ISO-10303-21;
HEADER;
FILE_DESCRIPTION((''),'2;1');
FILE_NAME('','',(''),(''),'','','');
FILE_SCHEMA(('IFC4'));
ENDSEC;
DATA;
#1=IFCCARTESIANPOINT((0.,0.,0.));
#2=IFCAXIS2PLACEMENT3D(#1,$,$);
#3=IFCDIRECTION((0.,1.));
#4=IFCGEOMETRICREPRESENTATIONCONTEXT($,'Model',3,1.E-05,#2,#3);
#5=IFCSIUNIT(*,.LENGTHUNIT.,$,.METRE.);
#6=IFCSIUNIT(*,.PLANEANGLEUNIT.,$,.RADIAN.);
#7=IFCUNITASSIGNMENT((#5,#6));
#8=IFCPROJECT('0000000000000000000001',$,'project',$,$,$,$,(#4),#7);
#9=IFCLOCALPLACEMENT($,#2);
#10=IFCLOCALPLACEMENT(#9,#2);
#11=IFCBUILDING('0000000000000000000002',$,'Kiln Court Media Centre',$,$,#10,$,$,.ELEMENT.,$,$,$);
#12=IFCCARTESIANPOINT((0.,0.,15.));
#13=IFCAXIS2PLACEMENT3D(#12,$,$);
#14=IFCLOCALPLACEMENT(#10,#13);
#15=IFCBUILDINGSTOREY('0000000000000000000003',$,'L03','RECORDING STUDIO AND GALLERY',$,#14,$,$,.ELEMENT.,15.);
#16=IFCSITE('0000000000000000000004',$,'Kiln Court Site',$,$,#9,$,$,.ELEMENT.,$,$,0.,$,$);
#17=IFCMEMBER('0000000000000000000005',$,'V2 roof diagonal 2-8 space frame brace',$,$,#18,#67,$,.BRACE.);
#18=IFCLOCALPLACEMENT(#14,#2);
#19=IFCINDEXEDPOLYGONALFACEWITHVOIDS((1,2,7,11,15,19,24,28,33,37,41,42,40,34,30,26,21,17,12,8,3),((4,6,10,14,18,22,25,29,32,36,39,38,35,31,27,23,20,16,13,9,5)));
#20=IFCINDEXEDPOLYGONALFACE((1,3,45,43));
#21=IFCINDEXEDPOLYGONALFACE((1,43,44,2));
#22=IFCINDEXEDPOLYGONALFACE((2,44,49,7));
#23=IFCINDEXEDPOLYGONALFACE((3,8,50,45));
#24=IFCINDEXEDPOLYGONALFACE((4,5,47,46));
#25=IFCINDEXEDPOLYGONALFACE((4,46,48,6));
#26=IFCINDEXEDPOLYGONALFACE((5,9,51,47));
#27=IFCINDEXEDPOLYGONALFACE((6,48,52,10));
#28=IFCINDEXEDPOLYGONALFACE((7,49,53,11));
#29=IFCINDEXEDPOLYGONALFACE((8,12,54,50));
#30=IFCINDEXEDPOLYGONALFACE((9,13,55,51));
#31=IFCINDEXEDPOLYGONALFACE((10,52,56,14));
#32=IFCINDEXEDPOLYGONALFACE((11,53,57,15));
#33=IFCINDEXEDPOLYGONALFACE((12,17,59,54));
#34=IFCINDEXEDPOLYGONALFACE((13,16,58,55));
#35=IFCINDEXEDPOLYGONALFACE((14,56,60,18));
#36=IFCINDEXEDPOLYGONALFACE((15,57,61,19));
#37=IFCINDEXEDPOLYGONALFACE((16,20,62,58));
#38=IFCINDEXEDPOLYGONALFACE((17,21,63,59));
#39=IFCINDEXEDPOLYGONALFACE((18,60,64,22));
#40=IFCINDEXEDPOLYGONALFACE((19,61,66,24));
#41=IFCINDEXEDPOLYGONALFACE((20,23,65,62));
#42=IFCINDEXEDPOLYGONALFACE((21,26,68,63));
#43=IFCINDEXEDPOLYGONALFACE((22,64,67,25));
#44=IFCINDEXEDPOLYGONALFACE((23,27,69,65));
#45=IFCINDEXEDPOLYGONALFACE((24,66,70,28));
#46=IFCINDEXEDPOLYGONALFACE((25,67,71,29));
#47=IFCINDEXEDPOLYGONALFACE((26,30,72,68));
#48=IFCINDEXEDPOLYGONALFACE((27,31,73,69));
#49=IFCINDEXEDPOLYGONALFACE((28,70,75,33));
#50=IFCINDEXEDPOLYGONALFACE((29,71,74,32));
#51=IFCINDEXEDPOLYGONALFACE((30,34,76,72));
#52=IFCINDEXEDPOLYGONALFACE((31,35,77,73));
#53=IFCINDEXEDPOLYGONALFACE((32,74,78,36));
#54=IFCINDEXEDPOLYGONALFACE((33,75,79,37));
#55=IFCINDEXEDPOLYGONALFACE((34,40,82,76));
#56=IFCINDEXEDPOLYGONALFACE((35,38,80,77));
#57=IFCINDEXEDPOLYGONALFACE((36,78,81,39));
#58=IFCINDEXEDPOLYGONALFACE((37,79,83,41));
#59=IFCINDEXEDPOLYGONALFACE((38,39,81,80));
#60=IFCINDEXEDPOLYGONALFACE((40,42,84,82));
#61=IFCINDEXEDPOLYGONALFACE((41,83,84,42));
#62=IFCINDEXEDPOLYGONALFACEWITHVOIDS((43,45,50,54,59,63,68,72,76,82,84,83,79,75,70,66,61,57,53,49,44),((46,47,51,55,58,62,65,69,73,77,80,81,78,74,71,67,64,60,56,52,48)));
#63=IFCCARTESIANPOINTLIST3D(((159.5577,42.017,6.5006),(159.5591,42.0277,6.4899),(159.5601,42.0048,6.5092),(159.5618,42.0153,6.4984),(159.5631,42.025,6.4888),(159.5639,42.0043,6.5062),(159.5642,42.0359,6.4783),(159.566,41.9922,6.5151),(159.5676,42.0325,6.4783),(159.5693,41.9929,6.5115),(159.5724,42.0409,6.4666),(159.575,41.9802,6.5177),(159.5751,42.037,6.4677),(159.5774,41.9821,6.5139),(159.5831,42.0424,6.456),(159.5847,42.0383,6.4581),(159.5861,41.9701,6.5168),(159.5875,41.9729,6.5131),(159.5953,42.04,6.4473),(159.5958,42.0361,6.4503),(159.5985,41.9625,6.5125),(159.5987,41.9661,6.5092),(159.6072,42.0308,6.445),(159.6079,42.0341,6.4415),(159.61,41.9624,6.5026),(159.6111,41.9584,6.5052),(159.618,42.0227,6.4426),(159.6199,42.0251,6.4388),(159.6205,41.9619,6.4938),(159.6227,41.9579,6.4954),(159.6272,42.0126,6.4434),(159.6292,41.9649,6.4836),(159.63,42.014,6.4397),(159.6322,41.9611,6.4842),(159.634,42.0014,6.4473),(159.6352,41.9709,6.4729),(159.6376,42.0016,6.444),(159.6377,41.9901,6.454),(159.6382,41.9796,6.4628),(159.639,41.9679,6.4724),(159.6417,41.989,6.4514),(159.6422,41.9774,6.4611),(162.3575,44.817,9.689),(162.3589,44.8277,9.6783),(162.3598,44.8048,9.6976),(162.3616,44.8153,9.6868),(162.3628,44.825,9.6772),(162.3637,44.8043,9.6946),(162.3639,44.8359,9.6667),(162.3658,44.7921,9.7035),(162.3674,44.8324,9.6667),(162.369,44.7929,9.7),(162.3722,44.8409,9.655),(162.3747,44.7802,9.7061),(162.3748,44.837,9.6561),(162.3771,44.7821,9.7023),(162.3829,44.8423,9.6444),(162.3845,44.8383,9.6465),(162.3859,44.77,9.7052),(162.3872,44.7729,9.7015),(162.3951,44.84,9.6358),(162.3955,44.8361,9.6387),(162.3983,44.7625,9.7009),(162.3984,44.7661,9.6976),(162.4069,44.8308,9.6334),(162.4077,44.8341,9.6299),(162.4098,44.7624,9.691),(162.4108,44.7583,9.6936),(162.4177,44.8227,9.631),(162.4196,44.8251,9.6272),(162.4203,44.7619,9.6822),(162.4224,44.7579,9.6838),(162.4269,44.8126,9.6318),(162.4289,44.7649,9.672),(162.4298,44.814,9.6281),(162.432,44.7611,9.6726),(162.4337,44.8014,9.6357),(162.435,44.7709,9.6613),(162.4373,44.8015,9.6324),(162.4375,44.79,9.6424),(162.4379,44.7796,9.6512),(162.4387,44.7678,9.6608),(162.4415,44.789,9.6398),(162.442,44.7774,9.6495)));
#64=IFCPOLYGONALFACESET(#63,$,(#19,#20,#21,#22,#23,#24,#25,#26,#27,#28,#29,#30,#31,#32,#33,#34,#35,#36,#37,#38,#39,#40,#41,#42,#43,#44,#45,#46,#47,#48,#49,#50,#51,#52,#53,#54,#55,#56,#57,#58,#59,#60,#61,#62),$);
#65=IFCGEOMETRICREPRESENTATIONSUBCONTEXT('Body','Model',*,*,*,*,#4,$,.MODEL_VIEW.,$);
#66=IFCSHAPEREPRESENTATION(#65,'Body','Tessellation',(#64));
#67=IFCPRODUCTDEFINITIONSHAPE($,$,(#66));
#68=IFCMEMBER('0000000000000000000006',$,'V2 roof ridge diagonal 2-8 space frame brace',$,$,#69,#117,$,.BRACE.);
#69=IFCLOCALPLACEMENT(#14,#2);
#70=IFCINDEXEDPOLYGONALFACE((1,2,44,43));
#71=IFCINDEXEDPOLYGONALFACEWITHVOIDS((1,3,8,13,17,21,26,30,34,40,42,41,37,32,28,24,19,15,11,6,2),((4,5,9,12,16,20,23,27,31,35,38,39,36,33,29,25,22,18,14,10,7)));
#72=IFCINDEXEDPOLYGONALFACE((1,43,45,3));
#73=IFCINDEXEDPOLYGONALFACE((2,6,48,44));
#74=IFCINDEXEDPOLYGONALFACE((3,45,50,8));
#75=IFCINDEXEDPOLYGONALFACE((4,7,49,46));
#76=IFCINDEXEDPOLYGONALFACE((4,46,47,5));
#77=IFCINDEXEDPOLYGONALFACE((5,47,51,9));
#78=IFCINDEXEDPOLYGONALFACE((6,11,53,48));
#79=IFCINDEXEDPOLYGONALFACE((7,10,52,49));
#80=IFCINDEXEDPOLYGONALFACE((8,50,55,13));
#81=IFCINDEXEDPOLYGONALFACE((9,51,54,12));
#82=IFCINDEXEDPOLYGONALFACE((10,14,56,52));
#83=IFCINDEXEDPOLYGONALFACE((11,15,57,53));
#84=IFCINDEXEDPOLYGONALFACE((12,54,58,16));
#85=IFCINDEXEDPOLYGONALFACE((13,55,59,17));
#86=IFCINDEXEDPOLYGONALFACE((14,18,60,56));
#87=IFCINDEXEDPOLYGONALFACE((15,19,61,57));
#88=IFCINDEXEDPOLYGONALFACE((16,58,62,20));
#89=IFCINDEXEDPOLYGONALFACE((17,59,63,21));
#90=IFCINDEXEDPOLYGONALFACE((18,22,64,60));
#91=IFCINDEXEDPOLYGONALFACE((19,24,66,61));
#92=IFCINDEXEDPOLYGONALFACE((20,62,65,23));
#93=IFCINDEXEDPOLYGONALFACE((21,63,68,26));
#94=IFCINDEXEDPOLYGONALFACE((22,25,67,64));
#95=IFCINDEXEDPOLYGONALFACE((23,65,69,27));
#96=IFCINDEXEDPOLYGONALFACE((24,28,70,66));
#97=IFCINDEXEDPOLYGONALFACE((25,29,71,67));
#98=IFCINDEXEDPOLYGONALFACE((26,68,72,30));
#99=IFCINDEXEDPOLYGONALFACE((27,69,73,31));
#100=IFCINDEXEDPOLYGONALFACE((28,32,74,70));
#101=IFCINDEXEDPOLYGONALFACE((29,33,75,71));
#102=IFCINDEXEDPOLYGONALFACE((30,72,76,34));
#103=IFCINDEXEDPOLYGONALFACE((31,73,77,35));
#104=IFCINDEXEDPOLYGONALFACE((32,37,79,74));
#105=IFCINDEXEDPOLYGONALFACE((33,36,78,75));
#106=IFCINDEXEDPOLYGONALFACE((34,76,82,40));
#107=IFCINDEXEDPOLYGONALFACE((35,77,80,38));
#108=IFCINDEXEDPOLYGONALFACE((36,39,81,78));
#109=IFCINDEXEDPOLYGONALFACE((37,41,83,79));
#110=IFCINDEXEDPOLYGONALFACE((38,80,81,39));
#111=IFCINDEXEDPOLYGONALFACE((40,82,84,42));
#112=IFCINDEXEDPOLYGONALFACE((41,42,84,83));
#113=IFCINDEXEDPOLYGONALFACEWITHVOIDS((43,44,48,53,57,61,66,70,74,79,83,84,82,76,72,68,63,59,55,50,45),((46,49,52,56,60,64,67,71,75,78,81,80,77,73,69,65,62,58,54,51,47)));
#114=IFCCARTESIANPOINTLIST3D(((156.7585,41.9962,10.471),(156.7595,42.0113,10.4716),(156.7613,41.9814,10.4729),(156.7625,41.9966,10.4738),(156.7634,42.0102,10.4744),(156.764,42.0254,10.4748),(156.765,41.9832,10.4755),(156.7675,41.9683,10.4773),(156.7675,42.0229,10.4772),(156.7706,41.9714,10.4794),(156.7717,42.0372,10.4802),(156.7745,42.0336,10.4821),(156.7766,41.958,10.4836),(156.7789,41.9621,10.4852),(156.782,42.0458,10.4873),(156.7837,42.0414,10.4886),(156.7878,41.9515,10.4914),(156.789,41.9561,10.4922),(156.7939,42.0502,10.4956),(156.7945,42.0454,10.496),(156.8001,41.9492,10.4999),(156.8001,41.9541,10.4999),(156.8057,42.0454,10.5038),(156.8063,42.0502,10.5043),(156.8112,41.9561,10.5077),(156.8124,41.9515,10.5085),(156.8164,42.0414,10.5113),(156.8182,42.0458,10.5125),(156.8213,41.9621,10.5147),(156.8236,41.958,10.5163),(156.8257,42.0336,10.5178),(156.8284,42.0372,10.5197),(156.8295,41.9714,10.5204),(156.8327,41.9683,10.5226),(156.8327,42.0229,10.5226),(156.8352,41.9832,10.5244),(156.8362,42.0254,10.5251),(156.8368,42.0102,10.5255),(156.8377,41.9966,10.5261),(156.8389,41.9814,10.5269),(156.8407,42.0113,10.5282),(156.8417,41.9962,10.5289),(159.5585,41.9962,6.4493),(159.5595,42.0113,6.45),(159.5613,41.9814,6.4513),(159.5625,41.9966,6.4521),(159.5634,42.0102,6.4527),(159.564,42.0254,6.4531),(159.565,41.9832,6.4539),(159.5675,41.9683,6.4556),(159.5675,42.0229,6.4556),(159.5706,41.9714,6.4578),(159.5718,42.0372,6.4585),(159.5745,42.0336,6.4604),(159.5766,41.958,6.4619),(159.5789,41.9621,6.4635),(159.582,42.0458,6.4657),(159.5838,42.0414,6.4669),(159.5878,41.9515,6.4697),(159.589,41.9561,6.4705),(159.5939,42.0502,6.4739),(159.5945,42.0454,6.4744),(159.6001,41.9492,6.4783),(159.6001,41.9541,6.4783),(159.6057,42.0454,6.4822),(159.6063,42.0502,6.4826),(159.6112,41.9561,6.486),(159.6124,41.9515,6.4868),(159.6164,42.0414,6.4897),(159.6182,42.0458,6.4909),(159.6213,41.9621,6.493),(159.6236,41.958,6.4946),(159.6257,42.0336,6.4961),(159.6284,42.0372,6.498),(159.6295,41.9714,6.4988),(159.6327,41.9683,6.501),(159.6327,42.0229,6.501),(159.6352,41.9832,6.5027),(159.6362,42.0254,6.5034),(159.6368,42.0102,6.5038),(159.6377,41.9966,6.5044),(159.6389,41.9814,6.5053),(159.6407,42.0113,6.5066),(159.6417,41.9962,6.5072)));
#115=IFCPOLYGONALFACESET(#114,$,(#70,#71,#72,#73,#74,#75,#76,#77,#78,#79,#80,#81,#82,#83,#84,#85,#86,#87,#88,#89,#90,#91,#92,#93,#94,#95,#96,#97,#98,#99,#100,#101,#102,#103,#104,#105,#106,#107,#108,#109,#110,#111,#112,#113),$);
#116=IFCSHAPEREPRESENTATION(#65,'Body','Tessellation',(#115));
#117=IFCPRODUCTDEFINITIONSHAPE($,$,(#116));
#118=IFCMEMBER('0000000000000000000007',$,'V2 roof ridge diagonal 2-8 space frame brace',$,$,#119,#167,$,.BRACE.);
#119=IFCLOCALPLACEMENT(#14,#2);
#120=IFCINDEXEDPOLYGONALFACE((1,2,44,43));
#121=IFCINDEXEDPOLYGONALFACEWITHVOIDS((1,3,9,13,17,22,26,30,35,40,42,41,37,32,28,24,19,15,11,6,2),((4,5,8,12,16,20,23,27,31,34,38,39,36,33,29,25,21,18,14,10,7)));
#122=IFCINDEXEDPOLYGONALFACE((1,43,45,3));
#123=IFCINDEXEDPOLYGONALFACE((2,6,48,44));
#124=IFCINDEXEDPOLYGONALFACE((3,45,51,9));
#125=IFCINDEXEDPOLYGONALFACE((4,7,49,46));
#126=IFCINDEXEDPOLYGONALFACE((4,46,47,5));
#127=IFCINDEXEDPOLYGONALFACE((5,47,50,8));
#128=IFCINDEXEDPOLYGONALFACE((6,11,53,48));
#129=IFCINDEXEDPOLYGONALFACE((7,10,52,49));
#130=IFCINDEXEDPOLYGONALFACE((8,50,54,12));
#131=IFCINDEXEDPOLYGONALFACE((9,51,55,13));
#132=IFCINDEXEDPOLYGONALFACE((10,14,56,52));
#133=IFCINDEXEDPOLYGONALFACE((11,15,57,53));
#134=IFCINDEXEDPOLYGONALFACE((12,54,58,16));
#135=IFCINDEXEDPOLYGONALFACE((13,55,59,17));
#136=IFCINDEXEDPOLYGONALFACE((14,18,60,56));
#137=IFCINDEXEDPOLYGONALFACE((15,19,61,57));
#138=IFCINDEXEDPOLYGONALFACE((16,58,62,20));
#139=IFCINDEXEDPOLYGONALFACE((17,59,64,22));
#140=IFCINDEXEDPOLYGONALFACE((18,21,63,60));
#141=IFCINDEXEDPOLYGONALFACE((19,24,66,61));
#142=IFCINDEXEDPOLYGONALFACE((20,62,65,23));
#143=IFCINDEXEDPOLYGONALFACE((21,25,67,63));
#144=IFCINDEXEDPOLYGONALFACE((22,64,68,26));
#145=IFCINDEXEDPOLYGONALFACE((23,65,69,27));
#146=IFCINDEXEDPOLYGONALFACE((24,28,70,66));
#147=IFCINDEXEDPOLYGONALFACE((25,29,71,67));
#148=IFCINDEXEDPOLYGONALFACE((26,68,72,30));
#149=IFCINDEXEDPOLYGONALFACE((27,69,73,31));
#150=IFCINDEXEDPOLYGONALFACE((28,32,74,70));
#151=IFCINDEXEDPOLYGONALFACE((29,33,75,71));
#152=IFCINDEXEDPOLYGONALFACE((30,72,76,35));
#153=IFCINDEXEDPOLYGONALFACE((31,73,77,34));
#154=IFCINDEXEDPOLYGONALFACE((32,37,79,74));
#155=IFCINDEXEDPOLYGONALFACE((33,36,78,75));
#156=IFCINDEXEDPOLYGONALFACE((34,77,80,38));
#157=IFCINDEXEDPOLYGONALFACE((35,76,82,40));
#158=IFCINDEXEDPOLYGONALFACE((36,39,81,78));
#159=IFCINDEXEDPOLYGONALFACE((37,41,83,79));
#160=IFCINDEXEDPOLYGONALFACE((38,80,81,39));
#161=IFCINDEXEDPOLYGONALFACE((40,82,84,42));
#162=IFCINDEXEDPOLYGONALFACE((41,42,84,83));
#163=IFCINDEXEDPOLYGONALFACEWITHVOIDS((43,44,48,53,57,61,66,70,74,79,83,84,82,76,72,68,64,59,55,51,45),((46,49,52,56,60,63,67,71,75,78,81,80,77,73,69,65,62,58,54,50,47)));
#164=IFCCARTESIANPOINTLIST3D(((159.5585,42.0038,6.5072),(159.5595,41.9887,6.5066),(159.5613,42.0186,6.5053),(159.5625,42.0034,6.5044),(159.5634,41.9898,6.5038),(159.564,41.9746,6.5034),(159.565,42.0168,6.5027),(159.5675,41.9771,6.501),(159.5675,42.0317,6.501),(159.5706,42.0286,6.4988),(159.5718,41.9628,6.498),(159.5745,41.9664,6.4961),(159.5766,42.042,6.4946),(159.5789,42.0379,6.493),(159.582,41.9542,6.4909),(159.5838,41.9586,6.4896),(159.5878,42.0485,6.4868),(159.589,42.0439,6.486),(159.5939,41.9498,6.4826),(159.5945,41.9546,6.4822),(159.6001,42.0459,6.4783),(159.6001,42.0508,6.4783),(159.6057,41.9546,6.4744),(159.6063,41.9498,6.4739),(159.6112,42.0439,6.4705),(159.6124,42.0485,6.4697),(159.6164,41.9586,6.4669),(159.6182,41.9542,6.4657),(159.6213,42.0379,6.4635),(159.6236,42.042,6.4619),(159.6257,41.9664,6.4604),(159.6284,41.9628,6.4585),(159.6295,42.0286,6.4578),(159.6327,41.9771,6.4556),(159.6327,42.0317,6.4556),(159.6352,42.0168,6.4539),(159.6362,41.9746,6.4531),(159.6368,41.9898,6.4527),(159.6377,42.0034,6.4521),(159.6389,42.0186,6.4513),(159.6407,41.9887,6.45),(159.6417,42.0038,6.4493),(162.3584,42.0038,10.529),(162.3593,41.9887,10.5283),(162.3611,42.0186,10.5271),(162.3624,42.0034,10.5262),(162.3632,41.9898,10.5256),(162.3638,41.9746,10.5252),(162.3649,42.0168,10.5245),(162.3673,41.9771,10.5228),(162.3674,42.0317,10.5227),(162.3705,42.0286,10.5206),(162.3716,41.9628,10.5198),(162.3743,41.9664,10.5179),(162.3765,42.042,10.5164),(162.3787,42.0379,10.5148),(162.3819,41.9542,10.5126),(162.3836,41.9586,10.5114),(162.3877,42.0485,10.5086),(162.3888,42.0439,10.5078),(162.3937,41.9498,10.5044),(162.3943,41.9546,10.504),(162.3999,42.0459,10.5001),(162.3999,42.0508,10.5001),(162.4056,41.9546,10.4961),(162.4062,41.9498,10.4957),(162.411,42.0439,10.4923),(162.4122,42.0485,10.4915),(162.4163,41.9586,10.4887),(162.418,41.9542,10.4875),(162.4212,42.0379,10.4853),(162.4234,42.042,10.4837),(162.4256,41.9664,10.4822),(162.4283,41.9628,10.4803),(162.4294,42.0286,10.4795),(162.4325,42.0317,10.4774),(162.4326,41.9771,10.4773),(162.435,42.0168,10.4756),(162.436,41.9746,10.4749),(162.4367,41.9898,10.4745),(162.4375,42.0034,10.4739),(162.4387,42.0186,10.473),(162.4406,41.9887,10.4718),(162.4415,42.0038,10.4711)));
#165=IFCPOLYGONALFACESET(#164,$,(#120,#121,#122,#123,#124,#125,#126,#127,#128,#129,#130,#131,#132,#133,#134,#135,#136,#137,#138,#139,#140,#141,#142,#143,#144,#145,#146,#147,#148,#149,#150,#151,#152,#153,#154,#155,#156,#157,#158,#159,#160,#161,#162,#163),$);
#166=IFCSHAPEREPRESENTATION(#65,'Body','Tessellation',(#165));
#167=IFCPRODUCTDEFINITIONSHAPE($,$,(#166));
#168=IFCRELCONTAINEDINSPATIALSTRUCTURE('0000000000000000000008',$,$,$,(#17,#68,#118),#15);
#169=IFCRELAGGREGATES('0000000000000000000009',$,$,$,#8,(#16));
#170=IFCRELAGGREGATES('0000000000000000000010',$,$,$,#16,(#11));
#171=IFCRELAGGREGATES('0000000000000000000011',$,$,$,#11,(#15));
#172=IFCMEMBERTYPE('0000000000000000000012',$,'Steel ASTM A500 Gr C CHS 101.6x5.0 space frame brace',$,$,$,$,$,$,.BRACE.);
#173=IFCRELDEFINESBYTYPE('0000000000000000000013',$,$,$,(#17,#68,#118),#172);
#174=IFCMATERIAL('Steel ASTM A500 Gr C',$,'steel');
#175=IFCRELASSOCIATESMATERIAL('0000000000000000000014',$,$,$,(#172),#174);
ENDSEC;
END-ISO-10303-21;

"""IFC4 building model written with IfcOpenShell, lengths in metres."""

from ifc_helpers import new_model, si_unit, direction, frame, origin, origin_2d, place, context, subcontext, project, spatial, hollow_circle, extrude, material, material_profile, profile_set, type_object, element, save


model = new_model("IFC4")

# Units and contexts
model_context = context("Model", 3, precision=1e-05, world=origin(), true_north=direction((0.0, 1.0)))
body_context = subcontext(model_context, "Body", "Model", "MODEL_VIEW")
ifc_project = project(units=[si_unit("LENGTHUNIT", "METRE"), si_unit("PLANEANGLEUNIT", "RADIAN")], contexts=[model_context])

# Site, building, storey
site_placement = place(None, origin())
site = spatial("IfcSite", under=ifc_project, at=site_placement, Name="Kiln Court Site", CompositionType="ELEMENT", RefElevation=0.0)
building_placement = place(site_placement, origin())
building = spatial("IfcBuilding", under=site, at=building_placement, Name="Kiln Court Media Centre", CompositionType="ELEMENT")
storey_placement = place(building_placement, frame((0.0, 0.0, 15.0)))
storey = spatial("IfcBuildingStorey", under=building, at=storey_placement, Name="L03", Description="RECORDING STUDIO AND GALLERY", CompositionType="ELEMENT", Elevation=15.0)

# Members
ifc_material_1 = material(Name="Steel ASTM A500 Gr C", Category="steel")
ifc_material_profile_1 = material_profile(ifc_material_1, hollow_circle(Radius=0.0508, WallThickness=0.0049, at=origin_2d()), Name="CHS 101.6x5.0")
ifc_profile_set_1 = profile_set([ifc_material_profile_1], Name="Steel ASTM A500 Gr C")
member_type_1 = type_object("IfcMemberType", Name="Steel ASTM A500 Gr C CHS 101.6x5.0 space frame brace", PredefinedType="BRACE", material=ifc_profile_set_1)
member_1_placement = place(storey_placement, frame((159.6001, 42.0, 6.4783), z_axis=(0.550725, 0.550773, 0.627177), x_axis=(-0.707138, 0.707076, 0.0)))
element("IfcMember", 1, at=member_1_placement, inside=storey, type_object=member_type_1, Name="V2 roof diagonal 2-8 space frame brace", PredefinedType="BRACE", context=body_context, shape_type="SweptSolid", body=[
    extrude(hollow_circle(Radius=0.0508, WallThickness=0.0049, at=origin_2d()), origin(), (0.0, 0.0, 1.0), 5.0837),
])
for number, where, z_axis, x_axis, name in (
    (2, (159.6001, 42.0, 6.4783), (-0.571384, 0.0, 0.820683), (0.0, -1.0, 0.0), "V2 roof ridge diagonal 2-8 space frame brace"),
    (3, (159.6001, 42.0, 6.4783), (0.571351, 0.0, 0.820706), (0.0, 1.0, 0.0), "V2 roof ridge diagonal 2-8 space frame brace"),
):
    element("IfcMember", number, at=place(storey_placement, frame(where, z_axis=z_axis, x_axis=x_axis)), inside=storey, type_object=member_type_1, Name=name, PredefinedType="BRACE", context=body_context, shape_type="SweptSolid", body=[
        extrude(hollow_circle(Radius=0.0508, WallThickness=0.0049, at=origin_2d()), origin(), (0.0, 0.0, 1.0), 4.9004),
    ])

save(model, "model.ifc")
